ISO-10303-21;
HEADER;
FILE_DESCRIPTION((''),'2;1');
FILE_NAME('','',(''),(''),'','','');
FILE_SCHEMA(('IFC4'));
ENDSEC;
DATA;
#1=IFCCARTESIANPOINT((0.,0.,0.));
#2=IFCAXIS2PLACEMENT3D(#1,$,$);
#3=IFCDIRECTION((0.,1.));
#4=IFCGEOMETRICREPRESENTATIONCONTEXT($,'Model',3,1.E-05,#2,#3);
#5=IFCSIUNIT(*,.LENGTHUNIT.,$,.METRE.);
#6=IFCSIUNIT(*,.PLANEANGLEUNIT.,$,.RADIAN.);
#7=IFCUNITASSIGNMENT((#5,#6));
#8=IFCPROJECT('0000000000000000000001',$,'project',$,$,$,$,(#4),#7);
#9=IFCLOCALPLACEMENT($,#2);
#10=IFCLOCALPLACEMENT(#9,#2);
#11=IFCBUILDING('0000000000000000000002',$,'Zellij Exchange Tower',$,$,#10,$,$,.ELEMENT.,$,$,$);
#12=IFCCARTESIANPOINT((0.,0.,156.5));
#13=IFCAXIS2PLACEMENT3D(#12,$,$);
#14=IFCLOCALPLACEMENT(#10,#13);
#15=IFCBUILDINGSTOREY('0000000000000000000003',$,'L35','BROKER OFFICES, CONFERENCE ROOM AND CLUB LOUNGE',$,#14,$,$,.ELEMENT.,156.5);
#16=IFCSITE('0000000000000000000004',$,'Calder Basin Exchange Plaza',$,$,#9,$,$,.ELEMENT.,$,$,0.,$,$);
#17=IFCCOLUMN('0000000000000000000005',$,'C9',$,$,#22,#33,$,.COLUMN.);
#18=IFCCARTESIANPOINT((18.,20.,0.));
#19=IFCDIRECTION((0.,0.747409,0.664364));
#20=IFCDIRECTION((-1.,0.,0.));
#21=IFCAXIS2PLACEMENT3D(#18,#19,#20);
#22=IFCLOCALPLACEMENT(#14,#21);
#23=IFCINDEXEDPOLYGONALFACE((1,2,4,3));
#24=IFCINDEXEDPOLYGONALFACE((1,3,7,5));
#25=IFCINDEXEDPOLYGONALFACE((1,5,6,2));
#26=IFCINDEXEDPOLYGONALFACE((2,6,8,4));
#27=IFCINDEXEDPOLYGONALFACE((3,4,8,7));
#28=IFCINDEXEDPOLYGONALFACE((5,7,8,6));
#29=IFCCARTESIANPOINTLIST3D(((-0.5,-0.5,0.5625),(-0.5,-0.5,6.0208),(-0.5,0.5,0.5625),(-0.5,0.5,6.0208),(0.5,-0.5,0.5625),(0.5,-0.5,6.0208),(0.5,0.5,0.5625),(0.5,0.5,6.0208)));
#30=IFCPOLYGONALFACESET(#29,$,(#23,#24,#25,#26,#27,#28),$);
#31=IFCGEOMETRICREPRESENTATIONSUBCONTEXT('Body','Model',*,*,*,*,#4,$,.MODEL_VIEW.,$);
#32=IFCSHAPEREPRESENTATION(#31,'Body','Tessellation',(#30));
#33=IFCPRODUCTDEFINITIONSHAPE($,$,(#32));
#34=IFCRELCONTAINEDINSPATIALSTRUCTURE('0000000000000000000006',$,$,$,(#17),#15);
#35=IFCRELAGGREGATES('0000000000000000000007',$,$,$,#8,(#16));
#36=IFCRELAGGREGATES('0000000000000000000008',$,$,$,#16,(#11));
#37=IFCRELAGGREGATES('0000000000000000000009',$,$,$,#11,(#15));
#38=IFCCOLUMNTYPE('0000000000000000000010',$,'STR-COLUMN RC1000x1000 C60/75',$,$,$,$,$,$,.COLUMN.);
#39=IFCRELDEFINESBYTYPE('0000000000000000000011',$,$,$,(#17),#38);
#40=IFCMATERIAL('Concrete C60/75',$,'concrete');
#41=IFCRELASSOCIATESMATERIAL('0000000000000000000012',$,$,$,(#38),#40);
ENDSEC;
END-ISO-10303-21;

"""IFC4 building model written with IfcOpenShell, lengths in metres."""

from ifc_helpers import new_model, si_unit, direction, frame, origin, origin_2d, place, context, subcontext, project, spatial, rectangle, extrude, clip, halfspace, material, material_profile, profile_set, type_object, element, save


model = new_model("IFC4")

# Units and contexts
model_context = context("Model", 3, precision=1e-05, world=origin(), true_north=direction((0.0, 1.0)))
body_context = subcontext(model_context, "Body", "Model", "MODEL_VIEW")
ifc_project = project(units=[si_unit("LENGTHUNIT", "METRE"), si_unit("PLANEANGLEUNIT", "RADIAN")], contexts=[model_context])

# Site, building, storey
site_placement = place(None, origin())
site = spatial("IfcSite", under=ifc_project, at=site_placement, Name="Calder Basin Exchange Plaza", CompositionType="ELEMENT", RefElevation=0.0)
building_placement = place(site_placement, origin())
building = spatial("IfcBuilding", under=site, at=building_placement, Name="Zellij Exchange Tower", CompositionType="ELEMENT")
storey_placement = place(building_placement, frame((0.0, 0.0, 156.5)))
storey = spatial("IfcBuildingStorey", under=building, at=storey_placement, Name="L35", Description="BROKER OFFICES, CONFERENCE ROOM AND CLUB LOUNGE", CompositionType="ELEMENT", Elevation=156.5)

# Column
ifc_material_1 = material(Name="Concrete C60/75", Category="concrete")
ifc_material_profile_1 = material_profile(ifc_material_1, rectangle(XDim=1.0, YDim=1.0, at=origin_2d()), Name="STR-COLUMN RC1000x1000 C60/75")
ifc_profile_set_1 = profile_set([ifc_material_profile_1], Name="Concrete C60/75")
column_type_1 = type_object("IfcColumnType", Name="STR-COLUMN RC1000x1000 C60/75", PredefinedType="COLUMN", material=ifc_profile_set_1)
column_placement = place(storey_placement, frame((18.0, 20.0, 0.0), z_axis=(0.0, 0.747409, 0.664364), x_axis=(-1.0, 0.0, 0.0)))
element("IfcColumn", 1, at=column_placement, inside=storey, type_object=column_type_1, Name="C9", PredefinedType="COLUMN", context=body_context, shape_type="Clipping", body=[
    clip(extrude(rectangle(XDim=1.0, YDim=1.0, at=origin_2d()), origin(), (0.0, 0.0, 1.0), 6.0208), halfspace(frame((0.0, 0.0, 0.5625)), True)),
])

save(model, "model.ifc")
